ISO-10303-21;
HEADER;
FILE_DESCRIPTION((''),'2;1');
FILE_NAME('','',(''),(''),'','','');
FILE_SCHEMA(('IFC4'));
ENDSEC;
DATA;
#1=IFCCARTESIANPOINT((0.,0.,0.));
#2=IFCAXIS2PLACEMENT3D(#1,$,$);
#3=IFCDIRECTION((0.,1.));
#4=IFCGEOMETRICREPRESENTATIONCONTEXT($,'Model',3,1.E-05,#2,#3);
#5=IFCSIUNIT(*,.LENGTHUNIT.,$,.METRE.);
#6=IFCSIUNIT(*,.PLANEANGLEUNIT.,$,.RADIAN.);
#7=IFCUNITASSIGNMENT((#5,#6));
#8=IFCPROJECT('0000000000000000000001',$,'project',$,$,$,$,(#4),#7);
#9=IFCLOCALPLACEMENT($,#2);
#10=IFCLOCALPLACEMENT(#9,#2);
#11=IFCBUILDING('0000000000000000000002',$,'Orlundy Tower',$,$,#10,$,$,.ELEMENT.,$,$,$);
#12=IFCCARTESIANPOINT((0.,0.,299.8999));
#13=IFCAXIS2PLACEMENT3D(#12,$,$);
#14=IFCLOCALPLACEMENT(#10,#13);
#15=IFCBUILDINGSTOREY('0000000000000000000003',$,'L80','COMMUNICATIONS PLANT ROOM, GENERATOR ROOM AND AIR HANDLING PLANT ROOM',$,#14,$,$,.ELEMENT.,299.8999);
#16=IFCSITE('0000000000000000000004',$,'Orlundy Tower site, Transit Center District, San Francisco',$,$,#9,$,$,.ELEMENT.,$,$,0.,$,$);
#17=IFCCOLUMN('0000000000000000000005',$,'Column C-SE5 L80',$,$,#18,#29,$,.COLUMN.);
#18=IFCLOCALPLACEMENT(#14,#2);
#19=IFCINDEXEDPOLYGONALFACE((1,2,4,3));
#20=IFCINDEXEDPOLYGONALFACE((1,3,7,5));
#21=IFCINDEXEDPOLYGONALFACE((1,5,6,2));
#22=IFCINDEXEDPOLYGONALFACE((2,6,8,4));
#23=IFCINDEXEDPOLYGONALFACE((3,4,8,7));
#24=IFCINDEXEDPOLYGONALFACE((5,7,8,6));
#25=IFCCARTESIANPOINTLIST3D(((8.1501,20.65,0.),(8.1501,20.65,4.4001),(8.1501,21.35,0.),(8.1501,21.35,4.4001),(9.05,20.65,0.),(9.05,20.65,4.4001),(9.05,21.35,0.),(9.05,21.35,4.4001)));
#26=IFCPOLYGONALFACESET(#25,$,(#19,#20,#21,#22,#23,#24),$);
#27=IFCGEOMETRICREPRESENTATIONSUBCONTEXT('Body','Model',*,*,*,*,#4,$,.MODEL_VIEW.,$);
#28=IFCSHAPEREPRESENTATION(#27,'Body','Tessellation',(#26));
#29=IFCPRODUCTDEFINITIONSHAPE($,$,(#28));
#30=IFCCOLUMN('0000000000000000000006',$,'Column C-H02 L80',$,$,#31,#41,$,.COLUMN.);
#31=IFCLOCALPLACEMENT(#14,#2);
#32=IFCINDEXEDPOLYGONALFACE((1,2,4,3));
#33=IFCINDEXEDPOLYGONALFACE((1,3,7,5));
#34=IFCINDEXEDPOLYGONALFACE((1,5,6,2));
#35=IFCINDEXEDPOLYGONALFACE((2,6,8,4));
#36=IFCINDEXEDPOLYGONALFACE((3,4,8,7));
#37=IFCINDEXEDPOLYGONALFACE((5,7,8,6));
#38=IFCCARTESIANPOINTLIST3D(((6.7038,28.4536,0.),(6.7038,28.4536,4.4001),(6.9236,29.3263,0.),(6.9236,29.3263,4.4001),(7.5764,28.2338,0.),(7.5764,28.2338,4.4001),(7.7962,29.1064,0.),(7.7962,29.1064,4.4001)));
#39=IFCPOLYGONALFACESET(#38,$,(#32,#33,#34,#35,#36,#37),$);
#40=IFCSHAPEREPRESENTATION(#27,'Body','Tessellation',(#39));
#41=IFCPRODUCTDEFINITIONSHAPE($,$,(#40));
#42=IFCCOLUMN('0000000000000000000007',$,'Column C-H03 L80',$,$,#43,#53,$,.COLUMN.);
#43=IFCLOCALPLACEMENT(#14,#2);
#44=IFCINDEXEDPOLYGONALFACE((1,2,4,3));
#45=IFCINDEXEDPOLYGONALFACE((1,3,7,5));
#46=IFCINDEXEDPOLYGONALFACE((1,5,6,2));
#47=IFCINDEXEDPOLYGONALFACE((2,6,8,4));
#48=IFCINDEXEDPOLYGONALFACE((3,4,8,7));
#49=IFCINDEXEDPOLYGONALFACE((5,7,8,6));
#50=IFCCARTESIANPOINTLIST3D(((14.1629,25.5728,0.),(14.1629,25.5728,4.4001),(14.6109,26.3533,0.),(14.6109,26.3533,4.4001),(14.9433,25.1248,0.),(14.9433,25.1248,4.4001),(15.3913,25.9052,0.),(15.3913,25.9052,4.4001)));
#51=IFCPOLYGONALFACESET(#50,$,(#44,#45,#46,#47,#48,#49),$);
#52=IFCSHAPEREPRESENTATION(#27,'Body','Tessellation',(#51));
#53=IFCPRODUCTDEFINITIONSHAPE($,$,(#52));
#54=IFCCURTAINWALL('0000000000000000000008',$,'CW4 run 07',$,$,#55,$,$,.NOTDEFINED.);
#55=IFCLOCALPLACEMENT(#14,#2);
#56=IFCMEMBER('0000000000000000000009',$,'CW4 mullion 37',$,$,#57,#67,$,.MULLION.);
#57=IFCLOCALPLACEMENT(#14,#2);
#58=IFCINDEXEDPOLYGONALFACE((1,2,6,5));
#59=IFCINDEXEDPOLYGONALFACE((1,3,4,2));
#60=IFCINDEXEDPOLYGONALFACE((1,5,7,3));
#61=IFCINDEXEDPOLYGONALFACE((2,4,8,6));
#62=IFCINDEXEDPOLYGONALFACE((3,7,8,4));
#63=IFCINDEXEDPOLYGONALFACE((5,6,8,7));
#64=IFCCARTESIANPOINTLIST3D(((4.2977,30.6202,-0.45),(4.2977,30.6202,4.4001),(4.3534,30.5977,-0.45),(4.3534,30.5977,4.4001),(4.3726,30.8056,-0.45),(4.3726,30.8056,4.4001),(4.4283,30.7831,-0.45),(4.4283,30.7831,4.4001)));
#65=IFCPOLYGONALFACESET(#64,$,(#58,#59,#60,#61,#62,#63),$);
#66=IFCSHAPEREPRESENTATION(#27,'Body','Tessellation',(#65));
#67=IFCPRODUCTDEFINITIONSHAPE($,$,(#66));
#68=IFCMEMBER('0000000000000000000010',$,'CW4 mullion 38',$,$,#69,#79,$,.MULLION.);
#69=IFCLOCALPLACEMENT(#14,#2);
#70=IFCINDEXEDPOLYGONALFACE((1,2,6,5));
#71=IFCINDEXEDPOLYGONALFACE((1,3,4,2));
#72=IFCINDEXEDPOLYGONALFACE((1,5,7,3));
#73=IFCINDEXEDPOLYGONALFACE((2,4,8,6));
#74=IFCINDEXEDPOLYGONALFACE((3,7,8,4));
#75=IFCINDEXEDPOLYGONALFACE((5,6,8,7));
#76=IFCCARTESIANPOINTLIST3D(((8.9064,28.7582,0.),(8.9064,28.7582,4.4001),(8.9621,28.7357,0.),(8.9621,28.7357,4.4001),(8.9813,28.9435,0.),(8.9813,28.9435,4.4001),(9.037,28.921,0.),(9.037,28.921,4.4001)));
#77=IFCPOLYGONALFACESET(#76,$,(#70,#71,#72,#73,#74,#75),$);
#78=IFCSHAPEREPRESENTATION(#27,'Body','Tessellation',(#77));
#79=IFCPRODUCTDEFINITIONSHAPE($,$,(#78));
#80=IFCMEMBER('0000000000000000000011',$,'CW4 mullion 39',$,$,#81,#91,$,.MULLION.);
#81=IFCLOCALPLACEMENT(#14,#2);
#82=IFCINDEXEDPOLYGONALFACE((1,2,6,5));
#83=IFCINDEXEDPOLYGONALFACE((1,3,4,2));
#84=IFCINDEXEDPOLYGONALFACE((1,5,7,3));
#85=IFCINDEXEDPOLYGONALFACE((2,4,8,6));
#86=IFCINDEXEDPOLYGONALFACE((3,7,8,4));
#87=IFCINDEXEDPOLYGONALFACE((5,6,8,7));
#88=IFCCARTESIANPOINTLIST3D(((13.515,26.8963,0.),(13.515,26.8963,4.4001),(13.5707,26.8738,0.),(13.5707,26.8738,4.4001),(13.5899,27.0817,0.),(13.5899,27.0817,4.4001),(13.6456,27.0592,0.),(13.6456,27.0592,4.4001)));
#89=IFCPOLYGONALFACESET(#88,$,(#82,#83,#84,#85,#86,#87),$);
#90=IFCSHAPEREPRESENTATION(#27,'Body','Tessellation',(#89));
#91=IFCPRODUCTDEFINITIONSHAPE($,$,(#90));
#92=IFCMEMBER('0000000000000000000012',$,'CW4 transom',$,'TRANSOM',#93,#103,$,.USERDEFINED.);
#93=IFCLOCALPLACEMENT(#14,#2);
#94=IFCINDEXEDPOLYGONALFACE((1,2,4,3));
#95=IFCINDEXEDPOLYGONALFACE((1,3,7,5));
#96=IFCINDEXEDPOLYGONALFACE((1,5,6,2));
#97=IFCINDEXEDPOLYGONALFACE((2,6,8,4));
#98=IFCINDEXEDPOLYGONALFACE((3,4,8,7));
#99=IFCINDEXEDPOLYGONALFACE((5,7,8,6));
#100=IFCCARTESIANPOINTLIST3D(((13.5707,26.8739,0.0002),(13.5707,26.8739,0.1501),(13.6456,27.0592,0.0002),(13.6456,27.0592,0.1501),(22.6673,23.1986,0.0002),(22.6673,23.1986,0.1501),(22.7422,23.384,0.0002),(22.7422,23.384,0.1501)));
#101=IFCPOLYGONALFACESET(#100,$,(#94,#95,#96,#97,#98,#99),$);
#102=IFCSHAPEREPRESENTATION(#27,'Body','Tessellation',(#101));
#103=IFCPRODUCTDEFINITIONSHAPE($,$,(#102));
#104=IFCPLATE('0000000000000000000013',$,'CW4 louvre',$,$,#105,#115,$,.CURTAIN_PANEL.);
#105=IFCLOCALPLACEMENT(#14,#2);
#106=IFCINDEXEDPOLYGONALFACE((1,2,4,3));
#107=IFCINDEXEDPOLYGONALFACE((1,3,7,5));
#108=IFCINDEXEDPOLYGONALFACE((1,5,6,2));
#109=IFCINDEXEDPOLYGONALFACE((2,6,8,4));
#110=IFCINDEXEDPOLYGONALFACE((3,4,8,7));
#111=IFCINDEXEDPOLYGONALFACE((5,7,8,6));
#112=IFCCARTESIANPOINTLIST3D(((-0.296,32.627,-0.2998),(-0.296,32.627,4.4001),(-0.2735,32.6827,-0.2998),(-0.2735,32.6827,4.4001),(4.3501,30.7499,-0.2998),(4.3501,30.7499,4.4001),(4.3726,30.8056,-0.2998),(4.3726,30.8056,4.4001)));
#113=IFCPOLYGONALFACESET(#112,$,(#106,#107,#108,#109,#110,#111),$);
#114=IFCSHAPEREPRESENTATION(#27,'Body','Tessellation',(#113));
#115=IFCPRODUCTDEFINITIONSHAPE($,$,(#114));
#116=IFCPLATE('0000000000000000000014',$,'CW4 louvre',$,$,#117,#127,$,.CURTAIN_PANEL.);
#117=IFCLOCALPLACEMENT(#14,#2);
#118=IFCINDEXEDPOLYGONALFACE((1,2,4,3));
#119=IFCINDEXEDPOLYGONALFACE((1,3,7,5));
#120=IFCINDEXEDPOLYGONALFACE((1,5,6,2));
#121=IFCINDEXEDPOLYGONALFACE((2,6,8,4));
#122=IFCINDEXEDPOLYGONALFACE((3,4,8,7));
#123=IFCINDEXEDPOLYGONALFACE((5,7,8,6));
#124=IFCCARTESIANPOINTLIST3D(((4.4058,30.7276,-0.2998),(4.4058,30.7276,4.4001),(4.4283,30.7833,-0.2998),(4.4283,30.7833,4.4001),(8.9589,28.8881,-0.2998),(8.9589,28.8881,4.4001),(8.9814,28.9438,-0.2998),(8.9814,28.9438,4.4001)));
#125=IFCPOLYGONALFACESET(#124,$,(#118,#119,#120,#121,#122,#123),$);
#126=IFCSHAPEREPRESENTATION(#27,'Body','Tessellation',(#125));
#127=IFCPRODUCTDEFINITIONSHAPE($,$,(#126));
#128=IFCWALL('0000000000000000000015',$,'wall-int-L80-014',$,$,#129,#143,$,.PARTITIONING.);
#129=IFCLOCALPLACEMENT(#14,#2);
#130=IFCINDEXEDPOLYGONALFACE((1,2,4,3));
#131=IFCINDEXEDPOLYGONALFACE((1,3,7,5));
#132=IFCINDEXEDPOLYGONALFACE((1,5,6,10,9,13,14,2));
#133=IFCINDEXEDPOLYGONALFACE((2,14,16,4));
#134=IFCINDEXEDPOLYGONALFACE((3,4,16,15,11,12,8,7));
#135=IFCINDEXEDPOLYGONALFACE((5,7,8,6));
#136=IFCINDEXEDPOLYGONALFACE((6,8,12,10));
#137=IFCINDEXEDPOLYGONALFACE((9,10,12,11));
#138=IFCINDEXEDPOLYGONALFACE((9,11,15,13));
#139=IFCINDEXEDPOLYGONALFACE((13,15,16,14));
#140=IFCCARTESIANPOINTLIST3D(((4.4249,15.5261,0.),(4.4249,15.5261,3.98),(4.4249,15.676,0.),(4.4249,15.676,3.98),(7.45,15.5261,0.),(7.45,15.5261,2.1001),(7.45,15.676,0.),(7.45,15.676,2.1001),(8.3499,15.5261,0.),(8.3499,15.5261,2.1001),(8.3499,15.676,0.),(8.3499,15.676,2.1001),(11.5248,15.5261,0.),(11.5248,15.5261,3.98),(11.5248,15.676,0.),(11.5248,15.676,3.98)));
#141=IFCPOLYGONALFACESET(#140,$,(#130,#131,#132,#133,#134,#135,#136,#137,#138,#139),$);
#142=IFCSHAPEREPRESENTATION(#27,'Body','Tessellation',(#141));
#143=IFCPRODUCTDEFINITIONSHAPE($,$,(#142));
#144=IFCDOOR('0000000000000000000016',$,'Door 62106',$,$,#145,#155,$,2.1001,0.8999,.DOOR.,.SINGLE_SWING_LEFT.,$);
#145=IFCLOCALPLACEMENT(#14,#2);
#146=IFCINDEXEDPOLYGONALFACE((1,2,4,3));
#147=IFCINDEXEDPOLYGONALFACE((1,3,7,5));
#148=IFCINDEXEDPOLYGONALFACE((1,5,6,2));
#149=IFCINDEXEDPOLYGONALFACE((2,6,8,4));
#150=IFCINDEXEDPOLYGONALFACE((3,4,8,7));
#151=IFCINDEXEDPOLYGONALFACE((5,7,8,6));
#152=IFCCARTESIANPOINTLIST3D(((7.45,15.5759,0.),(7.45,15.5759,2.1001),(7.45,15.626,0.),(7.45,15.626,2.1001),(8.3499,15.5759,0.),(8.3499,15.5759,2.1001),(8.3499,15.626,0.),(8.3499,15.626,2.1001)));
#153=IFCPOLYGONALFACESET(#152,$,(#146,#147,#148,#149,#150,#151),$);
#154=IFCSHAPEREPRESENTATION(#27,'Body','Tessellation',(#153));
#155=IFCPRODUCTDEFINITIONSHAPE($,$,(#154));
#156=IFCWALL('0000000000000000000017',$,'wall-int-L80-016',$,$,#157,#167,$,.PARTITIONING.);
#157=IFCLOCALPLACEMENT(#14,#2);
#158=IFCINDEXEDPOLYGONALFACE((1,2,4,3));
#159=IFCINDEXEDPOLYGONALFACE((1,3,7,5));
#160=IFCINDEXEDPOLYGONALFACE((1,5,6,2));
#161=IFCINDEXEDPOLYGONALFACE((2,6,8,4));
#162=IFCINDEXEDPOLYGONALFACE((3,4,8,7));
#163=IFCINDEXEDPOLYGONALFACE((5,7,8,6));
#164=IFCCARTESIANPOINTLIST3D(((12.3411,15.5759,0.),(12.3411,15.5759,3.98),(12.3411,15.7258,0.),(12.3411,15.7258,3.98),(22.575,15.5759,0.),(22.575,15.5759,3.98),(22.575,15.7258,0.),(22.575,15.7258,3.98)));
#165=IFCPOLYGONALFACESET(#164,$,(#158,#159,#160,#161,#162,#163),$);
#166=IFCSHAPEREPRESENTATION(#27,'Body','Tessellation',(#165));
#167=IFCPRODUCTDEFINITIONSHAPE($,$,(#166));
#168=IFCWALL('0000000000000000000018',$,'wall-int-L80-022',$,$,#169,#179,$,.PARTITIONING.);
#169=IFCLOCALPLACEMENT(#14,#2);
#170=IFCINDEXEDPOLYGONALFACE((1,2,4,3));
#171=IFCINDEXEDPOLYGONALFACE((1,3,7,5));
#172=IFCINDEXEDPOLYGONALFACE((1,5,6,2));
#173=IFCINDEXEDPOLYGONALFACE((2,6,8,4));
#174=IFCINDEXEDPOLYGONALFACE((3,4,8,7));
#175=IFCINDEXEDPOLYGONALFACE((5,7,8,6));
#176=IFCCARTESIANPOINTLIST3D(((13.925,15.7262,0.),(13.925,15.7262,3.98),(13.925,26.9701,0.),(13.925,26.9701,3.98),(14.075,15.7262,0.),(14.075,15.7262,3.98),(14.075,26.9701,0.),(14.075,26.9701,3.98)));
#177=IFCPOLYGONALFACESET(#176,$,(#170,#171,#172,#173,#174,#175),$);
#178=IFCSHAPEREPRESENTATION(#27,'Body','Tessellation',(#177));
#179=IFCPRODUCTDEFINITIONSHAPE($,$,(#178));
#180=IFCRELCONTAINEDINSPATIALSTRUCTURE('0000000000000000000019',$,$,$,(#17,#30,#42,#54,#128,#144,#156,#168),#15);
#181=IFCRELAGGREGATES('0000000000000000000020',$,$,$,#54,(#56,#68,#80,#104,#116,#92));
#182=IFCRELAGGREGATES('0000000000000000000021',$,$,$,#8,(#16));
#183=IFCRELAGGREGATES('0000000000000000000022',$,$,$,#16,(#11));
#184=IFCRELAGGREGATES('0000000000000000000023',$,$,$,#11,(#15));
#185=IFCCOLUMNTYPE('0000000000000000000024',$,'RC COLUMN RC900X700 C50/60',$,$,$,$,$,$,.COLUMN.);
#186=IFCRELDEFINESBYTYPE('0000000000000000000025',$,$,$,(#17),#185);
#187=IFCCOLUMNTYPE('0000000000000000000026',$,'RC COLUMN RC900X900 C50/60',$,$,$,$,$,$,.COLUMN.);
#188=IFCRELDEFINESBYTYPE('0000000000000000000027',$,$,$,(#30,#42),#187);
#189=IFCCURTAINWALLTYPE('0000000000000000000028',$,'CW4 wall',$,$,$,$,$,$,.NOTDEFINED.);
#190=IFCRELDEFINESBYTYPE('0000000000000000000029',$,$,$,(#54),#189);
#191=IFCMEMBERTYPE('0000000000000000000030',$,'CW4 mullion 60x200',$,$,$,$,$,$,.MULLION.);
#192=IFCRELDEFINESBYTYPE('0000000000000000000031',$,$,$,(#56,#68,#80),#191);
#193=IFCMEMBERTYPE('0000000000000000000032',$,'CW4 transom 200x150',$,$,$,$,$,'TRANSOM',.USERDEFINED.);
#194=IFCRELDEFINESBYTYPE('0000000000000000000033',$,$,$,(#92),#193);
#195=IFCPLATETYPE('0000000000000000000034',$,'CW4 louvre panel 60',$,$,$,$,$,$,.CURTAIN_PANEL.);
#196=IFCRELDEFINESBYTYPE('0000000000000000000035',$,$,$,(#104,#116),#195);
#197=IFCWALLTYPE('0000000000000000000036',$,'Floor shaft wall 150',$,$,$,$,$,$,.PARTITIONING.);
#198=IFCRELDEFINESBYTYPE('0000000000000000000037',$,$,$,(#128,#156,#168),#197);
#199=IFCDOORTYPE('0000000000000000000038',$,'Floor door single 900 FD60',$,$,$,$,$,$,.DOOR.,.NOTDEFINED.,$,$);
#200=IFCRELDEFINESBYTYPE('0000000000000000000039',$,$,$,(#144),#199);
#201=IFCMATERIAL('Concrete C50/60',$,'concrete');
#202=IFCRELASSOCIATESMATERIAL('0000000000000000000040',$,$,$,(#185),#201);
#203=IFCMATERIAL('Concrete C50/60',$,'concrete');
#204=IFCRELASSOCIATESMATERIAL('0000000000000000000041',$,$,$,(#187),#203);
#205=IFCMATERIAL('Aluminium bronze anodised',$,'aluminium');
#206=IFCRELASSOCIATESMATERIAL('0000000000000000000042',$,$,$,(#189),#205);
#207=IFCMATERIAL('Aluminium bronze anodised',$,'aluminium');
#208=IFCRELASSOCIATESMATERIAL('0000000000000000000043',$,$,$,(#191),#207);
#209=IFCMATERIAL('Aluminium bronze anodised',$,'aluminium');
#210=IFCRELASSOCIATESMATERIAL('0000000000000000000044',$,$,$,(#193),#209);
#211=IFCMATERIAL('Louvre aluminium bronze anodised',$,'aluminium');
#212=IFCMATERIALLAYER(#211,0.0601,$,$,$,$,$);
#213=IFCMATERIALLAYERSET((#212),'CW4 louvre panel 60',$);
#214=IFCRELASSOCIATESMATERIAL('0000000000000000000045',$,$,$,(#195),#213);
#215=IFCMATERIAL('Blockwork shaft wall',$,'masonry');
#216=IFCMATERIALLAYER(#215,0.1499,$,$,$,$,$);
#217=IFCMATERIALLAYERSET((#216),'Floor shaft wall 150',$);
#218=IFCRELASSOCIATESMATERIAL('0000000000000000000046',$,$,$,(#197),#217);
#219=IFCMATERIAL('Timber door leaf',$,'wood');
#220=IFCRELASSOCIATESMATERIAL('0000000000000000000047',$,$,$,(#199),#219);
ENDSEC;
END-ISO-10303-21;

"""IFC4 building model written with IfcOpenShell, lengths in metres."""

from ifc_helpers import new_model, si_unit, direction, frame, frame_2d, origin, origin_2d, place, context, subcontext, project, spatial, rectangle, extrude, material, layer, layer_set, material_profile, profile_set, type_object, element, fill, aggregate, save


model = new_model("IFC4")

# Units and contexts
model_context = context("Model", 3, precision=1e-05, world=origin(), true_north=direction((0.0, 1.0)))
body_context = subcontext(model_context, "Body", "Model", "MODEL_VIEW")
ifc_project = project(units=[si_unit("LENGTHUNIT", "METRE"), si_unit("PLANEANGLEUNIT", "RADIAN")], contexts=[model_context])

# Site, building, storey
site_placement = place(None, origin())
site = spatial("IfcSite", under=ifc_project, at=site_placement, Name="Orlundy Tower site, Transit Center District, San Francisco", CompositionType="ELEMENT", RefElevation=0.0)
building_placement = place(site_placement, origin())
building = spatial("IfcBuilding", under=site, at=building_placement, Name="Orlundy Tower", CompositionType="ELEMENT")
storey_placement = place(building_placement, frame((0.0, 0.0, 299.8999)))
storey = spatial("IfcBuildingStorey", under=building, at=storey_placement, Name="L80", Description="COMMUNICATIONS PLANT ROOM, GENERATOR ROOM AND AIR HANDLING PLANT ROOM", CompositionType="ELEMENT", Elevation=299.8999)

# Columns
ifc_material_1 = material(Name="Concrete C50/60", Category="concrete")
ifc_material_profile_1 = material_profile(ifc_material_1, rectangle(XDim=0.8999, YDim=0.7, at=origin_2d()), Name="RC900X700")
ifc_profile_set_1 = profile_set([ifc_material_profile_1], Name="Concrete C50/60")
column_type_1 = type_object("IfcColumnType", Name="RC COLUMN RC900X700 C50/60", PredefinedType="COLUMN", material=ifc_profile_set_1)
column_placement = place(storey_placement, frame((8.6001, 21.0, 0.0), z_axis=(0.0, 0.0, 1.0), x_axis=(1.0, 0.0, 0.0)))
element("IfcColumn", 1, at=column_placement, inside=storey, type_object=column_type_1, Name="Column C-SE5 L80", PredefinedType="COLUMN", context=body_context, shape_type="SweptSolid", body=[
    extrude(rectangle(XDim=0.8999, YDim=0.7, at=origin_2d()), origin(), (0.0, 0.0, 1.0), 4.4001),
])
ifc_material_2 = material(Name="Concrete C50/60", Category="concrete")
ifc_material_profile_2 = material_profile(ifc_material_2, rectangle(XDim=0.8999, YDim=0.8999, at=origin_2d()), Name="RC900X900")
ifc_profile_set_2 = profile_set([ifc_material_profile_2], Name="Concrete C50/60")
column_type_2 = type_object("IfcColumnType", Name="RC COLUMN RC900X900 C50/60", PredefinedType="COLUMN", material=ifc_profile_set_2)
for number, where, z_axis, x_axis, name in (
    (2, (7.25, 28.78, 0.0), (0.0, 0.0, 1.0), (0.244275, 0.969706, 0.0), "Column C-H02 L80"),
    (3, (14.7771, 25.739, 0.0), (0.0, 0.0, 1.0), (0.497898, 0.867236, 0.0), "Column C-H03 L80"),
):
    element("IfcColumn", number, at=place(storey_placement, frame(where, z_axis=z_axis, x_axis=x_axis)), inside=storey, type_object=column_type_2, Name=name, PredefinedType="COLUMN", context=body_context, shape_type="SweptSolid", body=[
        extrude(rectangle(XDim=0.8999, YDim=0.8999, at=origin_2d()), origin(), (0.0, 0.0, 1.0), 4.4001),
    ])

# Curtain wall, members, plates
ifc_material_3 = material(Name="Aluminium bronze anodised", Category="aluminium")
curtain_wall_type = type_object("IfcCurtainWallType", Name="CW4 wall", PredefinedType="NOTDEFINED", material=ifc_material_3)
curtain_wall_placement = place(storey_placement, origin())
curtain_wall = element("IfcCurtainWall", 4, at=curtain_wall_placement, inside=storey, type_object=curtain_wall_type, Name="CW4 run 07", PredefinedType="NOTDEFINED")
ifc_material_4 = material(Name="Aluminium bronze anodised", Category="aluminium")
ifc_material_profile_3 = material_profile(ifc_material_4, rectangle(XDim=0.2, YDim=0.0601, at=origin_2d()), Name="CW4 mullion 60x200")
ifc_profile_set_3 = profile_set([ifc_material_profile_3], Name="Aluminium bronze anodised")
member_type_1 = type_object("IfcMemberType", Name="CW4 mullion 60x200", PredefinedType="MULLION", material=ifc_profile_set_3)
member_1_placement = place(storey_placement, frame((4.363, 30.7017, -0.45), z_axis=(0.0, 0.0, 1.0), x_axis=(0.374607, 0.927184, 0.0)))
member_1 = element("IfcMember", 5, at=member_1_placement, type_object=member_type_1, Name="CW4 mullion 37", PredefinedType="MULLION", context=body_context, shape_type="SweptSolid", body=[
    extrude(rectangle(XDim=0.2, YDim=0.0601, at=origin_2d()), origin(), (0.0, 0.0, 1.0), 4.8501),
])
member_2_placement = place(storey_placement, frame((8.9717, 28.8396, 0.0), z_axis=(0.0, 0.0, 1.0), x_axis=(0.374607, 0.927184, 0.0)))
member_2 = element("IfcMember", 6, at=member_2_placement, type_object=member_type_1, Name="CW4 mullion 38", PredefinedType="MULLION", context=body_context, shape_type="SweptSolid", body=[
    extrude(rectangle(XDim=0.2, YDim=0.0601, at=origin_2d()), origin(), (0.0, 0.0, 1.0), 4.4001),
])
member_3_placement = place(storey_placement, frame((13.5803, 26.9778, 0.0), z_axis=(0.0, 0.0, 1.0), x_axis=(0.374607, 0.927184, 0.0)))
member_3 = element("IfcMember", 7, at=member_3_placement, type_object=member_type_1, Name="CW4 mullion 39", PredefinedType="MULLION", context=body_context, shape_type="SweptSolid", body=[
    extrude(rectangle(XDim=0.2, YDim=0.0601, at=origin_2d()), origin(), (0.0, 0.0, 1.0), 4.4001),
])
ifc_material_5 = material(Name="Aluminium bronze anodised", Category="aluminium")
ifc_material_profile_4 = material_profile(ifc_material_5, rectangle(XDim=0.2, YDim=0.1499, at=origin_2d()), Name="CW4 transom 200x150")
ifc_profile_set_4 = profile_set([ifc_material_profile_4], Name="Aluminium bronze anodised")
member_type_2 = type_object("IfcMemberType", Name="CW4 transom 200x150", ElementType="TRANSOM", PredefinedType="USERDEFINED", material=ifc_profile_set_4)
member_4_placement = place(storey_placement, frame((13.6082, 26.9666, 0.0752), z_axis=(0.927184, -0.374606, 0.0), x_axis=(0.374606, 0.927184, 0.0)))
member_4 = element("IfcMember", 8, at=member_4_placement, type_object=member_type_2, Name="CW4 transom", ObjectType="TRANSOM", PredefinedType="USERDEFINED", context=body_context, shape_type="SweptSolid", body=[
    extrude(rectangle(XDim=0.2, YDim=0.1499, at=origin_2d()), origin(), (0.0, 0.0, 1.0), 9.811),
])
ifc_material_6 = material(Name="Louvre aluminium bronze anodised", Category="aluminium")
ifc_layer_1 = layer(ifc_material_6, 0.0601)
ifc_layer_set_1 = layer_set([ifc_layer_1], Name="CW4 louvre panel 60")
plate_type = type_object("IfcPlateType", Name="CW4 louvre panel 60", PredefinedType="CURTAIN_PANEL", material=ifc_layer_set_1)
plate_1_placement = place(storey_placement, frame((2.0383, 31.7163, -0.2998), z_axis=(0.0, 0.0, 1.0), x_axis=(0.927184, -0.374607, 0.0)))
plate_1 = element("IfcPlate", 9, at=plate_1_placement, type_object=plate_type, Name="CW4 louvre", PredefinedType="CURTAIN_PANEL", context=body_context, shape_type="SweptSolid", body=[
    extrude(rectangle(XDim=5.011, YDim=0.0601, at=origin_2d()), origin(), (0.0, 0.0, 1.0), 4.7),
])
plate_2_placement = place(storey_placement, frame((6.6936, 29.8357, -0.2998), z_axis=(0.0, 0.0, 1.0), x_axis=(0.927184, -0.374607, 0.0)))
plate_2 = element("IfcPlate", 10, at=plate_2_placement, type_object=plate_type, Name="CW4 louvre", PredefinedType="CURTAIN_PANEL", context=body_context, shape_type="SweptSolid", body=[
    extrude(rectangle(XDim=4.9106, YDim=0.0601, at=origin_2d()), origin(), (0.0, 0.0, 1.0), 4.7),
])
aggregate(curtain_wall, [member_1, member_2, member_3, plate_1, plate_2, member_4])

# Wall, opening, door
ifc_material_7 = material(Name="Blockwork shaft wall", Category="masonry")
ifc_layer_2 = layer(ifc_material_7, 0.1499)
ifc_layer_set_2 = layer_set([ifc_layer_2], Name="Floor shaft wall 150")
wall_type_1 = type_object("IfcWallType", Name="Floor shaft wall 150", PredefinedType="PARTITIONING", material=ifc_layer_set_2)
wall_1_placement = place(storey_placement, frame((4.425, 15.6011, 0.0), z_axis=(0.0, 0.0, 1.0), x_axis=(1.0, 0.0, 0.0)))
wall_1 = element("IfcWall", 11, at=wall_1_placement, inside=storey, type_object=wall_type_1, Name="wall-int-L80-014", PredefinedType="PARTITIONING", context=body_context, shape_type="SweptSolid", body=[
    extrude(rectangle(XDim=7.0999, YDim=0.1499, at=frame_2d((3.5498, 0.0))), origin(), (0.0, 0.0, 1.0), 3.98),
])
opening_1_placement = place(wall_1_placement, frame((3.0249, 0.0, 0.0)))
opening_1 = element("IfcOpeningElement", 12, at=opening_1_placement, cuts=wall_1, PredefinedType="OPENING", context=body_context, shape_type="SweptSolid", body=[
    extrude(rectangle(XDim=0.8999, YDim=2.1001, at=frame_2d((0.45, 1.05))), frame((0.0, 0.085, 0.0), z_axis=(0.0, -1.0, 0.0), x_axis=(1.0, 0.0, 0.0)), (0.0, 0.0, 1.0), 0.1699),
])
ifc_material_8 = material(Name="Timber door leaf", Category="wood")
door_type_1 = type_object("IfcDoorType", Name="Floor door single 900 FD60", OperationType="NOTDEFINED", PredefinedType="DOOR", material=ifc_material_8)
door_1_placement = place(opening_1_placement, origin())
door_1 = element("IfcDoor", 13, at=door_1_placement, inside=storey, type_object=door_type_1, Name="Door 62106", OperationType="SINGLE_SWING_LEFT", OverallHeight=2.1001, OverallWidth=0.8999, PredefinedType="DOOR", context=body_context, shape_type="SweptSolid", body=[
    extrude(rectangle(XDim=0.8999, YDim=2.1001, at=frame_2d((0.45, 1.05))), frame((0.0, 0.0249, 0.0), z_axis=(0.0, -1.0, 0.0), x_axis=(1.0, 0.0, 0.0)), (0.0, 0.0, 1.0), 0.05),
])
fill(opening_1, door_1)

# Walls
wall_2_placement = place(storey_placement, frame((12.3411, 15.6509, 0.0), z_axis=(0.0, 0.0, 1.0), x_axis=(1.0, 0.0, 0.0)))
element("IfcWall", 14, at=wall_2_placement, inside=storey, type_object=wall_type_1, Name="wall-int-L80-016", PredefinedType="PARTITIONING", context=body_context, shape_type="SweptSolid", body=[
    extrude(rectangle(XDim=10.2339, YDim=0.1499, at=frame_2d((5.1169, 0.0))), origin(), (0.0, 0.0, 1.0), 3.98),
])
wall_3_placement = place(storey_placement, frame((14.0, 15.7261, 0.0), z_axis=(0.0, 0.0, 1.0), x_axis=(0.0, 1.0, 0.0)))
element("IfcWall", 15, at=wall_3_placement, inside=storey, type_object=wall_type_1, Name="wall-int-L80-022", PredefinedType="PARTITIONING", context=body_context, shape_type="SweptSolid", body=[
    extrude(rectangle(XDim=11.2439, YDim=0.1499, at=frame_2d((5.6221, 0.0))), origin(), (0.0, 0.0, 1.0), 3.98),
])

save(model, "model.ifc")
